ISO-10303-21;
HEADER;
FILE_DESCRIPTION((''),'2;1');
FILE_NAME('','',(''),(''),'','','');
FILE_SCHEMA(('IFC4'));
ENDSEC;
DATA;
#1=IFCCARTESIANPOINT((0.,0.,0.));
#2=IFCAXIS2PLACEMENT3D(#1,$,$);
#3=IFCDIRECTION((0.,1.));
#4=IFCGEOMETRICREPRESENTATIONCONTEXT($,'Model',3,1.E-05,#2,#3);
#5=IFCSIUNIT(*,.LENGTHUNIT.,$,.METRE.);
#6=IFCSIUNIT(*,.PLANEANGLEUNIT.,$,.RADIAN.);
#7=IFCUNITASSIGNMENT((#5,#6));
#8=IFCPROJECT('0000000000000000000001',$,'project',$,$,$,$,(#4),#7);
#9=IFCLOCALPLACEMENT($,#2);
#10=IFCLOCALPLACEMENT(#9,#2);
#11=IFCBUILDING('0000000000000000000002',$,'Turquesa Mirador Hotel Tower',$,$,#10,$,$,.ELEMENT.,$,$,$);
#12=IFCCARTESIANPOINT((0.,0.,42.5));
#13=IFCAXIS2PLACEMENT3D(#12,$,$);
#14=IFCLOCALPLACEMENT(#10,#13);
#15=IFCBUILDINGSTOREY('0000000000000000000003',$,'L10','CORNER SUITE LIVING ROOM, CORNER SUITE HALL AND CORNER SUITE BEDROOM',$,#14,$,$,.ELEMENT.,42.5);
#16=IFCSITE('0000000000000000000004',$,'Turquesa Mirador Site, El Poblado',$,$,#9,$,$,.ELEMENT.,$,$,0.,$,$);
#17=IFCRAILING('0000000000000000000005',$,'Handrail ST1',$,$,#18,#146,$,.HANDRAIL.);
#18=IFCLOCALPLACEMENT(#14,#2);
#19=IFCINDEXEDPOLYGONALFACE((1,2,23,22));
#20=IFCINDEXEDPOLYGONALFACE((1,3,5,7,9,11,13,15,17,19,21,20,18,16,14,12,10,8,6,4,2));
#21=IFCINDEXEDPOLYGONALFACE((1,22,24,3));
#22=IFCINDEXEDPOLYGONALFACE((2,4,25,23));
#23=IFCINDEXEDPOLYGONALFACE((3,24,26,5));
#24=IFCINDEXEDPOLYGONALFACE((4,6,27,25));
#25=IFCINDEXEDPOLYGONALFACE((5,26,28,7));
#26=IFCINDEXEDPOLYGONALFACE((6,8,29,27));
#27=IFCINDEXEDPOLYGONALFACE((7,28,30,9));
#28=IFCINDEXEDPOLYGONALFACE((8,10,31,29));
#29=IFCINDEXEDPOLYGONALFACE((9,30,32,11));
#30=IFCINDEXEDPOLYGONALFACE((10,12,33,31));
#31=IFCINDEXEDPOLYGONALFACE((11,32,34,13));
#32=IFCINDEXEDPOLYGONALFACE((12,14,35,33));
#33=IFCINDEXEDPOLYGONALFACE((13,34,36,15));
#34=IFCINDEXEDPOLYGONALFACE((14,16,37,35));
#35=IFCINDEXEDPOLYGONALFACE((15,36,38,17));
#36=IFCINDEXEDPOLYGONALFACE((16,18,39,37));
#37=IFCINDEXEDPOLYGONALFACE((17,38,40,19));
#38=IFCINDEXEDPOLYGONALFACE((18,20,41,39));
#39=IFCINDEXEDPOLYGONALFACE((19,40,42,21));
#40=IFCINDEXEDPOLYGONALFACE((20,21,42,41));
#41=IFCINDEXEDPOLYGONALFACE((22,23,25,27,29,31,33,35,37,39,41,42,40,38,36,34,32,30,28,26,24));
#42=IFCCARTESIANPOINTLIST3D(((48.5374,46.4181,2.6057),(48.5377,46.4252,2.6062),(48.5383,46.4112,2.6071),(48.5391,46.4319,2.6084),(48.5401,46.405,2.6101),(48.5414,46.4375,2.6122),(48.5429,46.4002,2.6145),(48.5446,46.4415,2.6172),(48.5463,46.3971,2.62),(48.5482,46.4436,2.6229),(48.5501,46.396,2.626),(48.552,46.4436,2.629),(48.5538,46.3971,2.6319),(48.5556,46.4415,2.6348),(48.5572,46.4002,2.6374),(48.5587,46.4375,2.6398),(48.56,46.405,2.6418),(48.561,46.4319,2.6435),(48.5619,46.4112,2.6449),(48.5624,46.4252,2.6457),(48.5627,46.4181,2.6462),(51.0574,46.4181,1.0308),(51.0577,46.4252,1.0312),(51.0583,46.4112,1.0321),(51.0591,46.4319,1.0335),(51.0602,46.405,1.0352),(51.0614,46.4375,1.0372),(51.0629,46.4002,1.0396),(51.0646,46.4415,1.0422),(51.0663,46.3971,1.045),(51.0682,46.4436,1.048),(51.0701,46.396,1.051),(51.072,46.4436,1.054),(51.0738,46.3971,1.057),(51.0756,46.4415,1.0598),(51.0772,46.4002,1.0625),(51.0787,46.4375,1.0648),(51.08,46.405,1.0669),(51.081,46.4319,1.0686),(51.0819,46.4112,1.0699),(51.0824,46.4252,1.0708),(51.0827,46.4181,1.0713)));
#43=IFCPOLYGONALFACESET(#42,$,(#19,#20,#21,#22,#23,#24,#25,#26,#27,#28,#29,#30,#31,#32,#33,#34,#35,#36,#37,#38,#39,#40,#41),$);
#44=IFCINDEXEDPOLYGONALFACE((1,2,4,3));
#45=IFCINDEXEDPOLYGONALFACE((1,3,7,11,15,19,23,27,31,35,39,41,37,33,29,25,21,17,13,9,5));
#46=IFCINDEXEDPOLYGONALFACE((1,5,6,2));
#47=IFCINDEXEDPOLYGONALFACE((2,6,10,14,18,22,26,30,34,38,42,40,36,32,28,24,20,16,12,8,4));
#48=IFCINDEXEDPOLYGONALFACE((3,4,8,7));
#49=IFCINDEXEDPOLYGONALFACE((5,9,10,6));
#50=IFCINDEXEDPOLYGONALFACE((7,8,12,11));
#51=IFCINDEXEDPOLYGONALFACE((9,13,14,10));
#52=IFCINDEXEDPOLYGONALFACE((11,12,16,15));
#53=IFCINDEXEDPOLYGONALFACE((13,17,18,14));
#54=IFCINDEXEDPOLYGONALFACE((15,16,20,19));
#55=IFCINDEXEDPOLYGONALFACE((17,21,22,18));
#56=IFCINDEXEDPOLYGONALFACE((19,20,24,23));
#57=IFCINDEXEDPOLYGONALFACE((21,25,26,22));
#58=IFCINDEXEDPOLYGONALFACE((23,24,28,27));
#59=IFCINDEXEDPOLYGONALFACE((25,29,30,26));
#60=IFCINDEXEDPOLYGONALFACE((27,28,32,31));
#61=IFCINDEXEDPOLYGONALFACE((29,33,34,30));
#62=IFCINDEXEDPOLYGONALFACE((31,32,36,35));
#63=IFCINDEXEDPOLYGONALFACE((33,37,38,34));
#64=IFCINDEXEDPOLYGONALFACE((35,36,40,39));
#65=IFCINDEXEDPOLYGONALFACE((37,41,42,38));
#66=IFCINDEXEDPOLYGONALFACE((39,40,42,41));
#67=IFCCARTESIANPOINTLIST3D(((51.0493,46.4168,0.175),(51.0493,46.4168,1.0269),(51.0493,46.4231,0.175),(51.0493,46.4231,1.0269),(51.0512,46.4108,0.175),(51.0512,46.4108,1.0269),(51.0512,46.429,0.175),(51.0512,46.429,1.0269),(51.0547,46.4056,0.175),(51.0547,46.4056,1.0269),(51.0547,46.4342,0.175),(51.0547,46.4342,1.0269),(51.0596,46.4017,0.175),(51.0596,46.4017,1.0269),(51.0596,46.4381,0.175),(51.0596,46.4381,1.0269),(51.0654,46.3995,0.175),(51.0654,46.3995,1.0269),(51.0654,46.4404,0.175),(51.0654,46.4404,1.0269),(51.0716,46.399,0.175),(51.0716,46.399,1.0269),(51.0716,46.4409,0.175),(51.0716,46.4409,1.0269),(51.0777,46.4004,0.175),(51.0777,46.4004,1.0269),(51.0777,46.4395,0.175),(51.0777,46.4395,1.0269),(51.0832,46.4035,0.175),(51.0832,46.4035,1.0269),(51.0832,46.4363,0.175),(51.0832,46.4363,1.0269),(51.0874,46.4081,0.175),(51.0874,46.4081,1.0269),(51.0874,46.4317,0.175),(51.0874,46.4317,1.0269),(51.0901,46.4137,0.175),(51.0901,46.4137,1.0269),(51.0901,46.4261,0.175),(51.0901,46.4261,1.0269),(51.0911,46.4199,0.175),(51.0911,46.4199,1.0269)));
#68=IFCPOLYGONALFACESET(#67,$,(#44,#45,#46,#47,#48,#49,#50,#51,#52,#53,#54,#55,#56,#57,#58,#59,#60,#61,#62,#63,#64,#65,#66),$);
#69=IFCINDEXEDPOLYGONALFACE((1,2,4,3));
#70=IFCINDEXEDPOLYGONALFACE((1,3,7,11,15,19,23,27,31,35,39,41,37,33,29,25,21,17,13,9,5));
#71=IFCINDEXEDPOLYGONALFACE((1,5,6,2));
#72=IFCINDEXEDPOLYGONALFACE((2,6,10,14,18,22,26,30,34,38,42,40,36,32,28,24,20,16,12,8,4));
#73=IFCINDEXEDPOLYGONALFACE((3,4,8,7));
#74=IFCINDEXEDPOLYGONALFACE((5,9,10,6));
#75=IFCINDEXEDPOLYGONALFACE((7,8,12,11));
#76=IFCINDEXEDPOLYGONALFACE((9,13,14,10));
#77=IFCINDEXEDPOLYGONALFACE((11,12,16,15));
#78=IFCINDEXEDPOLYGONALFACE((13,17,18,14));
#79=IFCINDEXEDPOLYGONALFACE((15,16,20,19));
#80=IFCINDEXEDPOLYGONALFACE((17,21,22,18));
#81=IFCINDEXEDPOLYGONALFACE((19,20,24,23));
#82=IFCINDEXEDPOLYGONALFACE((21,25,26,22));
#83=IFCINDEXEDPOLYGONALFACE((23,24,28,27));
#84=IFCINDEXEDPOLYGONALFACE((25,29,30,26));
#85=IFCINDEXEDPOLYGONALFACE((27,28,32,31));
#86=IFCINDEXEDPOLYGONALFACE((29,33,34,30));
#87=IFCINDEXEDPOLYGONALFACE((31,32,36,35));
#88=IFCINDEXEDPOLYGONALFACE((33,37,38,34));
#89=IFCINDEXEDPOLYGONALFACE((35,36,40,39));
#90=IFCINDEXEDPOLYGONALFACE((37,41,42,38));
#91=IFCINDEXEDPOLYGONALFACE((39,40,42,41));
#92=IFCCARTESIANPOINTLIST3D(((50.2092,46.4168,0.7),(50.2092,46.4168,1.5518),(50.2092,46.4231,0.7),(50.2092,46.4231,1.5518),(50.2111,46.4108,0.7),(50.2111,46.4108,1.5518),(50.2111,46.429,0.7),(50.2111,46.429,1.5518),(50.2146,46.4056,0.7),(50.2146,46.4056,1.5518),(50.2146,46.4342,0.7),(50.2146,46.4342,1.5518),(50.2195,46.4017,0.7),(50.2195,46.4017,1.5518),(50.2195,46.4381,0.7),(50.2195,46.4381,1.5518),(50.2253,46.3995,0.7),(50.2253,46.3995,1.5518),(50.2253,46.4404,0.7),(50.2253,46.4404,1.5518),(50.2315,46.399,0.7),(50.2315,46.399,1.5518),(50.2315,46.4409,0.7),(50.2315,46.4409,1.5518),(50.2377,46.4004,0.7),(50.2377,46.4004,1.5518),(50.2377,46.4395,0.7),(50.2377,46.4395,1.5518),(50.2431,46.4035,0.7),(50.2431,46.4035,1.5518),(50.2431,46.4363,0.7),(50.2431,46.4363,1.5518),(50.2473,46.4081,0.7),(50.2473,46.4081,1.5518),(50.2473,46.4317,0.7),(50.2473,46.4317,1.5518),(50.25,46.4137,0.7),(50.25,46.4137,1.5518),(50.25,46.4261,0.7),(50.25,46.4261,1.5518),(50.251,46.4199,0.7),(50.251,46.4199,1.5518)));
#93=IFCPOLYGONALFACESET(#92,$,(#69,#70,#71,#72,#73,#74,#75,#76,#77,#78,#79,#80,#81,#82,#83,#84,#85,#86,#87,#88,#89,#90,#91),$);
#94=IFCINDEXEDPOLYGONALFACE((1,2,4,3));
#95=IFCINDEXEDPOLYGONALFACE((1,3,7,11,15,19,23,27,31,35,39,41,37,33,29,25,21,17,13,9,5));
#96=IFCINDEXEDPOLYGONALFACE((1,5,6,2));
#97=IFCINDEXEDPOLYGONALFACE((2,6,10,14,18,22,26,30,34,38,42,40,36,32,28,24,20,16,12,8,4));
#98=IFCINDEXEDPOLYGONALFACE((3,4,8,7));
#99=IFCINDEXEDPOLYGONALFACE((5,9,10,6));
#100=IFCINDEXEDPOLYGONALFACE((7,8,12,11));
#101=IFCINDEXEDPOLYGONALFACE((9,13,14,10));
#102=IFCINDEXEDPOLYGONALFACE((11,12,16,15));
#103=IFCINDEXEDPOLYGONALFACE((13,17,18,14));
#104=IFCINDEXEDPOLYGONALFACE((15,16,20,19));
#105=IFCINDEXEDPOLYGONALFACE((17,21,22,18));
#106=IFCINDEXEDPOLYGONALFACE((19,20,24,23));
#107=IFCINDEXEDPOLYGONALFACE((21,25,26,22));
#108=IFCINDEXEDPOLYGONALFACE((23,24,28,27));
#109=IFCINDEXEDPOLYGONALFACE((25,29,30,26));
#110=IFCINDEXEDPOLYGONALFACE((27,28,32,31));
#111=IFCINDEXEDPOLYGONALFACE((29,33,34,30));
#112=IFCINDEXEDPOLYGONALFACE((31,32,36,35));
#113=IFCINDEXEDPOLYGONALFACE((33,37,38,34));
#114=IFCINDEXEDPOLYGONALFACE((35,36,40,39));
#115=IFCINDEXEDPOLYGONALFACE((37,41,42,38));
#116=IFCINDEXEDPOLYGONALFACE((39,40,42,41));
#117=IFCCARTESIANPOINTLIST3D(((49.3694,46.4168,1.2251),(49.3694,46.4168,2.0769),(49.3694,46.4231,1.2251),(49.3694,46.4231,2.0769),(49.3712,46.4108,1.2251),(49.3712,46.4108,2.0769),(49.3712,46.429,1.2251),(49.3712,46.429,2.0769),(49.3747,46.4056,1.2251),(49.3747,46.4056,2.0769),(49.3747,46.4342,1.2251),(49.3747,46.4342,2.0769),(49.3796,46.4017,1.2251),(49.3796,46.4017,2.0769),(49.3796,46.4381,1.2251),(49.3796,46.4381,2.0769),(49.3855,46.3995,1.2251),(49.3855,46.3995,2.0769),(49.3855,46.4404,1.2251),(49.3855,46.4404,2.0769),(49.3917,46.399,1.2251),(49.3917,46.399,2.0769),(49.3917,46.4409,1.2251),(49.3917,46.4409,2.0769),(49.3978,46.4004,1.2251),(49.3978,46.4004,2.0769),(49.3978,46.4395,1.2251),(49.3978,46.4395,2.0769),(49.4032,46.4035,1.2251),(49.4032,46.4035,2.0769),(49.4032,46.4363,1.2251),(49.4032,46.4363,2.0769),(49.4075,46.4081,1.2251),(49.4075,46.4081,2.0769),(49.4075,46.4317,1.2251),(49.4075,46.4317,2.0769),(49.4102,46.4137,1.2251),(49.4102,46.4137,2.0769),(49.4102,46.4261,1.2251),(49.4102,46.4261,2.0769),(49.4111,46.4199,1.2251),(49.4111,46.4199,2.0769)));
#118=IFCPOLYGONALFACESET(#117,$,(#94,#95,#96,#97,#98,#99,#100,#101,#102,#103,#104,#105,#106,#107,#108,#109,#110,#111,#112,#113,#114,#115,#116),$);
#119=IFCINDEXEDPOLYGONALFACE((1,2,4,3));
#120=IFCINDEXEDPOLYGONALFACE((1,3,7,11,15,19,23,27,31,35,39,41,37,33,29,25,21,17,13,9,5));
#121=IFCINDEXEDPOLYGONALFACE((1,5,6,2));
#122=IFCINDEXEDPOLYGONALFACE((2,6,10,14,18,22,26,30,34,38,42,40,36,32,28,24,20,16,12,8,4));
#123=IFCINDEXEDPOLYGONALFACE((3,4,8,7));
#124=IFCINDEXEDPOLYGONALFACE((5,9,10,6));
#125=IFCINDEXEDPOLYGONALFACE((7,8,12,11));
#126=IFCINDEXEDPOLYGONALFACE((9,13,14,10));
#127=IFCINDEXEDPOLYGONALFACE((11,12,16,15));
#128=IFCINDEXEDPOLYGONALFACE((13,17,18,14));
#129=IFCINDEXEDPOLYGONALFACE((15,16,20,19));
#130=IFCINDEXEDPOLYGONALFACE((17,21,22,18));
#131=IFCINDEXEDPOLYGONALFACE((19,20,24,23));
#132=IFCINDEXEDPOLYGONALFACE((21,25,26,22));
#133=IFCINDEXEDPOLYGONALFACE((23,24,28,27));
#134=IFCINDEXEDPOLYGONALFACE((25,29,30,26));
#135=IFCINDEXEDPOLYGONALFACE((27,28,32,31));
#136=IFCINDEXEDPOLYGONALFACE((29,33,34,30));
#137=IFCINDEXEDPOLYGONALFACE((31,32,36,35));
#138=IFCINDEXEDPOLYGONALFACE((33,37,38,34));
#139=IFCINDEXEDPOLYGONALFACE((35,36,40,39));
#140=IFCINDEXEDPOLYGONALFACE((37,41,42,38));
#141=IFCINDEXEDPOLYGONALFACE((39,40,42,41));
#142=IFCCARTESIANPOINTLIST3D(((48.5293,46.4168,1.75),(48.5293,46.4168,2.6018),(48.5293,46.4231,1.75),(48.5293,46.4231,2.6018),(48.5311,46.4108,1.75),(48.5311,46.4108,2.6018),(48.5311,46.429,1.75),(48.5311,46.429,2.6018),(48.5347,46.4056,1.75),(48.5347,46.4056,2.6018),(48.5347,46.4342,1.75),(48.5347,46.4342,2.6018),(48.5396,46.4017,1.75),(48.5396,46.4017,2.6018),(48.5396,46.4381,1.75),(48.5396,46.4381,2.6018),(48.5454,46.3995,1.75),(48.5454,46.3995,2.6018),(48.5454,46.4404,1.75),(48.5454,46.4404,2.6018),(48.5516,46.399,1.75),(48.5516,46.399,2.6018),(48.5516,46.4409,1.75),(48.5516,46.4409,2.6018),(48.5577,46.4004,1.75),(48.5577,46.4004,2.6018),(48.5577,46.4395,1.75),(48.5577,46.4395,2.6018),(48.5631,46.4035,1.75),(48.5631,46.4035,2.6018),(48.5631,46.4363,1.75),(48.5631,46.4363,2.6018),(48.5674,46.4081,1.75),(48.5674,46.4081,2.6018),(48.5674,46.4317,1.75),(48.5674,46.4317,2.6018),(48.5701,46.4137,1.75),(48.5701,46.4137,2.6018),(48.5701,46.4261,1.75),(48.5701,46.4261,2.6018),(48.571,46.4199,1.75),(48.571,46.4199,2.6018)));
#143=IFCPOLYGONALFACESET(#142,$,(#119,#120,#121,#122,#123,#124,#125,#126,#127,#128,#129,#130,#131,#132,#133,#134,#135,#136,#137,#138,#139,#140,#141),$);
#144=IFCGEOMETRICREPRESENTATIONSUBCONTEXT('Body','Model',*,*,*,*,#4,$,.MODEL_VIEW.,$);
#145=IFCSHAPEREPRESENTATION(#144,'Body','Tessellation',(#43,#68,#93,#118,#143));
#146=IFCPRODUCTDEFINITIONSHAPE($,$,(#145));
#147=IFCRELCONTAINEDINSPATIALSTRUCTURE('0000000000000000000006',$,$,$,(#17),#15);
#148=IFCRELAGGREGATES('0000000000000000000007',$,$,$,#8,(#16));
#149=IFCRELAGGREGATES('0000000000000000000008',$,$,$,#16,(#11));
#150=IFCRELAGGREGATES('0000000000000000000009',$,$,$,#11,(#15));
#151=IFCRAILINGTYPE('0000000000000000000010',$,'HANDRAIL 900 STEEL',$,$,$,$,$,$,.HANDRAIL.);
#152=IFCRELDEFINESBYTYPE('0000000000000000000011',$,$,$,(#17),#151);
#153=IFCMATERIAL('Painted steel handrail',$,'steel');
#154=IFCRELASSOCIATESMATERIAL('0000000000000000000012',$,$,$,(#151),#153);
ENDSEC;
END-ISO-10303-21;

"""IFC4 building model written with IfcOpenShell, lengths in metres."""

from ifc_helpers import new_model, si_unit, direction, frame, origin, origin_2d, place, context, subcontext, project, spatial, circle, extrude, material, type_object, element, save


model = new_model("IFC4")

# Units and contexts
model_context = context("Model", 3, precision=1e-05, world=origin(), true_north=direction((0.0, 1.0)))
body_context = subcontext(model_context, "Body", "Model", "MODEL_VIEW")
ifc_project = project(units=[si_unit("LENGTHUNIT", "METRE"), si_unit("PLANEANGLEUNIT", "RADIAN")], contexts=[model_context])

# Site, building, storey
site_placement = place(None, origin())
site = spatial("IfcSite", under=ifc_project, at=site_placement, Name="Turquesa Mirador Site, El Poblado", CompositionType="ELEMENT", RefElevation=0.0)
building_placement = place(site_placement, origin())
building = spatial("IfcBuilding", under=site, at=building_placement, Name="Turquesa Mirador Hotel Tower", CompositionType="ELEMENT")
storey_placement = place(building_placement, frame((0.0, 0.0, 42.5)))
storey = spatial("IfcBuildingStorey", under=building, at=storey_placement, Name="L10", Description="CORNER SUITE LIVING ROOM, CORNER SUITE HALL AND CORNER SUITE BEDROOM", CompositionType="ELEMENT", Elevation=42.5)

# Railing
ifc_material_1 = material(Name="Painted steel handrail", Category="steel")
railing_type = type_object("IfcRailingType", Name="HANDRAIL 900 STEEL", PredefinedType="HANDRAIL", material=ifc_material_1)
for number, where, name in (
    (1, (51.0701, 46.4199, 0.175), "Handrail ST1"),
):
    element("IfcRailing", number, at=place(storey_placement, frame(where)), inside=storey, type_object=railing_type, Name=name, PredefinedType="HANDRAIL", context=body_context, shape_type="SweptSolid", body=[
        extrude(circle(Radius=0.0239, at=origin_2d()), frame((0.0, 0.0, 0.876), z_axis=(-0.848008, 0.0, 0.529984), x_axis=(0.0, -1.0, 0.0)), (0.0, 0.0, 1.0), 2.9717),
        extrude(circle(Radius=0.021, at=origin_2d()), origin(), (0.0, 0.0, 1.0), 0.8518),
        extrude(circle(Radius=0.021, at=origin_2d()), frame((-0.8401, 0.0, 0.5249)), (0.0, 0.0, 1.0), 0.8518),
        extrude(circle(Radius=0.021, at=origin_2d()), frame((-1.6799, 0.0, 1.05)), (0.0, 0.0, 1.0), 0.8518),
        extrude(circle(Radius=0.021, at=origin_2d()), frame((-2.52, 0.0, 1.575)), (0.0, 0.0, 1.0), 0.8518),
    ])

save(model, "model.ifc")
